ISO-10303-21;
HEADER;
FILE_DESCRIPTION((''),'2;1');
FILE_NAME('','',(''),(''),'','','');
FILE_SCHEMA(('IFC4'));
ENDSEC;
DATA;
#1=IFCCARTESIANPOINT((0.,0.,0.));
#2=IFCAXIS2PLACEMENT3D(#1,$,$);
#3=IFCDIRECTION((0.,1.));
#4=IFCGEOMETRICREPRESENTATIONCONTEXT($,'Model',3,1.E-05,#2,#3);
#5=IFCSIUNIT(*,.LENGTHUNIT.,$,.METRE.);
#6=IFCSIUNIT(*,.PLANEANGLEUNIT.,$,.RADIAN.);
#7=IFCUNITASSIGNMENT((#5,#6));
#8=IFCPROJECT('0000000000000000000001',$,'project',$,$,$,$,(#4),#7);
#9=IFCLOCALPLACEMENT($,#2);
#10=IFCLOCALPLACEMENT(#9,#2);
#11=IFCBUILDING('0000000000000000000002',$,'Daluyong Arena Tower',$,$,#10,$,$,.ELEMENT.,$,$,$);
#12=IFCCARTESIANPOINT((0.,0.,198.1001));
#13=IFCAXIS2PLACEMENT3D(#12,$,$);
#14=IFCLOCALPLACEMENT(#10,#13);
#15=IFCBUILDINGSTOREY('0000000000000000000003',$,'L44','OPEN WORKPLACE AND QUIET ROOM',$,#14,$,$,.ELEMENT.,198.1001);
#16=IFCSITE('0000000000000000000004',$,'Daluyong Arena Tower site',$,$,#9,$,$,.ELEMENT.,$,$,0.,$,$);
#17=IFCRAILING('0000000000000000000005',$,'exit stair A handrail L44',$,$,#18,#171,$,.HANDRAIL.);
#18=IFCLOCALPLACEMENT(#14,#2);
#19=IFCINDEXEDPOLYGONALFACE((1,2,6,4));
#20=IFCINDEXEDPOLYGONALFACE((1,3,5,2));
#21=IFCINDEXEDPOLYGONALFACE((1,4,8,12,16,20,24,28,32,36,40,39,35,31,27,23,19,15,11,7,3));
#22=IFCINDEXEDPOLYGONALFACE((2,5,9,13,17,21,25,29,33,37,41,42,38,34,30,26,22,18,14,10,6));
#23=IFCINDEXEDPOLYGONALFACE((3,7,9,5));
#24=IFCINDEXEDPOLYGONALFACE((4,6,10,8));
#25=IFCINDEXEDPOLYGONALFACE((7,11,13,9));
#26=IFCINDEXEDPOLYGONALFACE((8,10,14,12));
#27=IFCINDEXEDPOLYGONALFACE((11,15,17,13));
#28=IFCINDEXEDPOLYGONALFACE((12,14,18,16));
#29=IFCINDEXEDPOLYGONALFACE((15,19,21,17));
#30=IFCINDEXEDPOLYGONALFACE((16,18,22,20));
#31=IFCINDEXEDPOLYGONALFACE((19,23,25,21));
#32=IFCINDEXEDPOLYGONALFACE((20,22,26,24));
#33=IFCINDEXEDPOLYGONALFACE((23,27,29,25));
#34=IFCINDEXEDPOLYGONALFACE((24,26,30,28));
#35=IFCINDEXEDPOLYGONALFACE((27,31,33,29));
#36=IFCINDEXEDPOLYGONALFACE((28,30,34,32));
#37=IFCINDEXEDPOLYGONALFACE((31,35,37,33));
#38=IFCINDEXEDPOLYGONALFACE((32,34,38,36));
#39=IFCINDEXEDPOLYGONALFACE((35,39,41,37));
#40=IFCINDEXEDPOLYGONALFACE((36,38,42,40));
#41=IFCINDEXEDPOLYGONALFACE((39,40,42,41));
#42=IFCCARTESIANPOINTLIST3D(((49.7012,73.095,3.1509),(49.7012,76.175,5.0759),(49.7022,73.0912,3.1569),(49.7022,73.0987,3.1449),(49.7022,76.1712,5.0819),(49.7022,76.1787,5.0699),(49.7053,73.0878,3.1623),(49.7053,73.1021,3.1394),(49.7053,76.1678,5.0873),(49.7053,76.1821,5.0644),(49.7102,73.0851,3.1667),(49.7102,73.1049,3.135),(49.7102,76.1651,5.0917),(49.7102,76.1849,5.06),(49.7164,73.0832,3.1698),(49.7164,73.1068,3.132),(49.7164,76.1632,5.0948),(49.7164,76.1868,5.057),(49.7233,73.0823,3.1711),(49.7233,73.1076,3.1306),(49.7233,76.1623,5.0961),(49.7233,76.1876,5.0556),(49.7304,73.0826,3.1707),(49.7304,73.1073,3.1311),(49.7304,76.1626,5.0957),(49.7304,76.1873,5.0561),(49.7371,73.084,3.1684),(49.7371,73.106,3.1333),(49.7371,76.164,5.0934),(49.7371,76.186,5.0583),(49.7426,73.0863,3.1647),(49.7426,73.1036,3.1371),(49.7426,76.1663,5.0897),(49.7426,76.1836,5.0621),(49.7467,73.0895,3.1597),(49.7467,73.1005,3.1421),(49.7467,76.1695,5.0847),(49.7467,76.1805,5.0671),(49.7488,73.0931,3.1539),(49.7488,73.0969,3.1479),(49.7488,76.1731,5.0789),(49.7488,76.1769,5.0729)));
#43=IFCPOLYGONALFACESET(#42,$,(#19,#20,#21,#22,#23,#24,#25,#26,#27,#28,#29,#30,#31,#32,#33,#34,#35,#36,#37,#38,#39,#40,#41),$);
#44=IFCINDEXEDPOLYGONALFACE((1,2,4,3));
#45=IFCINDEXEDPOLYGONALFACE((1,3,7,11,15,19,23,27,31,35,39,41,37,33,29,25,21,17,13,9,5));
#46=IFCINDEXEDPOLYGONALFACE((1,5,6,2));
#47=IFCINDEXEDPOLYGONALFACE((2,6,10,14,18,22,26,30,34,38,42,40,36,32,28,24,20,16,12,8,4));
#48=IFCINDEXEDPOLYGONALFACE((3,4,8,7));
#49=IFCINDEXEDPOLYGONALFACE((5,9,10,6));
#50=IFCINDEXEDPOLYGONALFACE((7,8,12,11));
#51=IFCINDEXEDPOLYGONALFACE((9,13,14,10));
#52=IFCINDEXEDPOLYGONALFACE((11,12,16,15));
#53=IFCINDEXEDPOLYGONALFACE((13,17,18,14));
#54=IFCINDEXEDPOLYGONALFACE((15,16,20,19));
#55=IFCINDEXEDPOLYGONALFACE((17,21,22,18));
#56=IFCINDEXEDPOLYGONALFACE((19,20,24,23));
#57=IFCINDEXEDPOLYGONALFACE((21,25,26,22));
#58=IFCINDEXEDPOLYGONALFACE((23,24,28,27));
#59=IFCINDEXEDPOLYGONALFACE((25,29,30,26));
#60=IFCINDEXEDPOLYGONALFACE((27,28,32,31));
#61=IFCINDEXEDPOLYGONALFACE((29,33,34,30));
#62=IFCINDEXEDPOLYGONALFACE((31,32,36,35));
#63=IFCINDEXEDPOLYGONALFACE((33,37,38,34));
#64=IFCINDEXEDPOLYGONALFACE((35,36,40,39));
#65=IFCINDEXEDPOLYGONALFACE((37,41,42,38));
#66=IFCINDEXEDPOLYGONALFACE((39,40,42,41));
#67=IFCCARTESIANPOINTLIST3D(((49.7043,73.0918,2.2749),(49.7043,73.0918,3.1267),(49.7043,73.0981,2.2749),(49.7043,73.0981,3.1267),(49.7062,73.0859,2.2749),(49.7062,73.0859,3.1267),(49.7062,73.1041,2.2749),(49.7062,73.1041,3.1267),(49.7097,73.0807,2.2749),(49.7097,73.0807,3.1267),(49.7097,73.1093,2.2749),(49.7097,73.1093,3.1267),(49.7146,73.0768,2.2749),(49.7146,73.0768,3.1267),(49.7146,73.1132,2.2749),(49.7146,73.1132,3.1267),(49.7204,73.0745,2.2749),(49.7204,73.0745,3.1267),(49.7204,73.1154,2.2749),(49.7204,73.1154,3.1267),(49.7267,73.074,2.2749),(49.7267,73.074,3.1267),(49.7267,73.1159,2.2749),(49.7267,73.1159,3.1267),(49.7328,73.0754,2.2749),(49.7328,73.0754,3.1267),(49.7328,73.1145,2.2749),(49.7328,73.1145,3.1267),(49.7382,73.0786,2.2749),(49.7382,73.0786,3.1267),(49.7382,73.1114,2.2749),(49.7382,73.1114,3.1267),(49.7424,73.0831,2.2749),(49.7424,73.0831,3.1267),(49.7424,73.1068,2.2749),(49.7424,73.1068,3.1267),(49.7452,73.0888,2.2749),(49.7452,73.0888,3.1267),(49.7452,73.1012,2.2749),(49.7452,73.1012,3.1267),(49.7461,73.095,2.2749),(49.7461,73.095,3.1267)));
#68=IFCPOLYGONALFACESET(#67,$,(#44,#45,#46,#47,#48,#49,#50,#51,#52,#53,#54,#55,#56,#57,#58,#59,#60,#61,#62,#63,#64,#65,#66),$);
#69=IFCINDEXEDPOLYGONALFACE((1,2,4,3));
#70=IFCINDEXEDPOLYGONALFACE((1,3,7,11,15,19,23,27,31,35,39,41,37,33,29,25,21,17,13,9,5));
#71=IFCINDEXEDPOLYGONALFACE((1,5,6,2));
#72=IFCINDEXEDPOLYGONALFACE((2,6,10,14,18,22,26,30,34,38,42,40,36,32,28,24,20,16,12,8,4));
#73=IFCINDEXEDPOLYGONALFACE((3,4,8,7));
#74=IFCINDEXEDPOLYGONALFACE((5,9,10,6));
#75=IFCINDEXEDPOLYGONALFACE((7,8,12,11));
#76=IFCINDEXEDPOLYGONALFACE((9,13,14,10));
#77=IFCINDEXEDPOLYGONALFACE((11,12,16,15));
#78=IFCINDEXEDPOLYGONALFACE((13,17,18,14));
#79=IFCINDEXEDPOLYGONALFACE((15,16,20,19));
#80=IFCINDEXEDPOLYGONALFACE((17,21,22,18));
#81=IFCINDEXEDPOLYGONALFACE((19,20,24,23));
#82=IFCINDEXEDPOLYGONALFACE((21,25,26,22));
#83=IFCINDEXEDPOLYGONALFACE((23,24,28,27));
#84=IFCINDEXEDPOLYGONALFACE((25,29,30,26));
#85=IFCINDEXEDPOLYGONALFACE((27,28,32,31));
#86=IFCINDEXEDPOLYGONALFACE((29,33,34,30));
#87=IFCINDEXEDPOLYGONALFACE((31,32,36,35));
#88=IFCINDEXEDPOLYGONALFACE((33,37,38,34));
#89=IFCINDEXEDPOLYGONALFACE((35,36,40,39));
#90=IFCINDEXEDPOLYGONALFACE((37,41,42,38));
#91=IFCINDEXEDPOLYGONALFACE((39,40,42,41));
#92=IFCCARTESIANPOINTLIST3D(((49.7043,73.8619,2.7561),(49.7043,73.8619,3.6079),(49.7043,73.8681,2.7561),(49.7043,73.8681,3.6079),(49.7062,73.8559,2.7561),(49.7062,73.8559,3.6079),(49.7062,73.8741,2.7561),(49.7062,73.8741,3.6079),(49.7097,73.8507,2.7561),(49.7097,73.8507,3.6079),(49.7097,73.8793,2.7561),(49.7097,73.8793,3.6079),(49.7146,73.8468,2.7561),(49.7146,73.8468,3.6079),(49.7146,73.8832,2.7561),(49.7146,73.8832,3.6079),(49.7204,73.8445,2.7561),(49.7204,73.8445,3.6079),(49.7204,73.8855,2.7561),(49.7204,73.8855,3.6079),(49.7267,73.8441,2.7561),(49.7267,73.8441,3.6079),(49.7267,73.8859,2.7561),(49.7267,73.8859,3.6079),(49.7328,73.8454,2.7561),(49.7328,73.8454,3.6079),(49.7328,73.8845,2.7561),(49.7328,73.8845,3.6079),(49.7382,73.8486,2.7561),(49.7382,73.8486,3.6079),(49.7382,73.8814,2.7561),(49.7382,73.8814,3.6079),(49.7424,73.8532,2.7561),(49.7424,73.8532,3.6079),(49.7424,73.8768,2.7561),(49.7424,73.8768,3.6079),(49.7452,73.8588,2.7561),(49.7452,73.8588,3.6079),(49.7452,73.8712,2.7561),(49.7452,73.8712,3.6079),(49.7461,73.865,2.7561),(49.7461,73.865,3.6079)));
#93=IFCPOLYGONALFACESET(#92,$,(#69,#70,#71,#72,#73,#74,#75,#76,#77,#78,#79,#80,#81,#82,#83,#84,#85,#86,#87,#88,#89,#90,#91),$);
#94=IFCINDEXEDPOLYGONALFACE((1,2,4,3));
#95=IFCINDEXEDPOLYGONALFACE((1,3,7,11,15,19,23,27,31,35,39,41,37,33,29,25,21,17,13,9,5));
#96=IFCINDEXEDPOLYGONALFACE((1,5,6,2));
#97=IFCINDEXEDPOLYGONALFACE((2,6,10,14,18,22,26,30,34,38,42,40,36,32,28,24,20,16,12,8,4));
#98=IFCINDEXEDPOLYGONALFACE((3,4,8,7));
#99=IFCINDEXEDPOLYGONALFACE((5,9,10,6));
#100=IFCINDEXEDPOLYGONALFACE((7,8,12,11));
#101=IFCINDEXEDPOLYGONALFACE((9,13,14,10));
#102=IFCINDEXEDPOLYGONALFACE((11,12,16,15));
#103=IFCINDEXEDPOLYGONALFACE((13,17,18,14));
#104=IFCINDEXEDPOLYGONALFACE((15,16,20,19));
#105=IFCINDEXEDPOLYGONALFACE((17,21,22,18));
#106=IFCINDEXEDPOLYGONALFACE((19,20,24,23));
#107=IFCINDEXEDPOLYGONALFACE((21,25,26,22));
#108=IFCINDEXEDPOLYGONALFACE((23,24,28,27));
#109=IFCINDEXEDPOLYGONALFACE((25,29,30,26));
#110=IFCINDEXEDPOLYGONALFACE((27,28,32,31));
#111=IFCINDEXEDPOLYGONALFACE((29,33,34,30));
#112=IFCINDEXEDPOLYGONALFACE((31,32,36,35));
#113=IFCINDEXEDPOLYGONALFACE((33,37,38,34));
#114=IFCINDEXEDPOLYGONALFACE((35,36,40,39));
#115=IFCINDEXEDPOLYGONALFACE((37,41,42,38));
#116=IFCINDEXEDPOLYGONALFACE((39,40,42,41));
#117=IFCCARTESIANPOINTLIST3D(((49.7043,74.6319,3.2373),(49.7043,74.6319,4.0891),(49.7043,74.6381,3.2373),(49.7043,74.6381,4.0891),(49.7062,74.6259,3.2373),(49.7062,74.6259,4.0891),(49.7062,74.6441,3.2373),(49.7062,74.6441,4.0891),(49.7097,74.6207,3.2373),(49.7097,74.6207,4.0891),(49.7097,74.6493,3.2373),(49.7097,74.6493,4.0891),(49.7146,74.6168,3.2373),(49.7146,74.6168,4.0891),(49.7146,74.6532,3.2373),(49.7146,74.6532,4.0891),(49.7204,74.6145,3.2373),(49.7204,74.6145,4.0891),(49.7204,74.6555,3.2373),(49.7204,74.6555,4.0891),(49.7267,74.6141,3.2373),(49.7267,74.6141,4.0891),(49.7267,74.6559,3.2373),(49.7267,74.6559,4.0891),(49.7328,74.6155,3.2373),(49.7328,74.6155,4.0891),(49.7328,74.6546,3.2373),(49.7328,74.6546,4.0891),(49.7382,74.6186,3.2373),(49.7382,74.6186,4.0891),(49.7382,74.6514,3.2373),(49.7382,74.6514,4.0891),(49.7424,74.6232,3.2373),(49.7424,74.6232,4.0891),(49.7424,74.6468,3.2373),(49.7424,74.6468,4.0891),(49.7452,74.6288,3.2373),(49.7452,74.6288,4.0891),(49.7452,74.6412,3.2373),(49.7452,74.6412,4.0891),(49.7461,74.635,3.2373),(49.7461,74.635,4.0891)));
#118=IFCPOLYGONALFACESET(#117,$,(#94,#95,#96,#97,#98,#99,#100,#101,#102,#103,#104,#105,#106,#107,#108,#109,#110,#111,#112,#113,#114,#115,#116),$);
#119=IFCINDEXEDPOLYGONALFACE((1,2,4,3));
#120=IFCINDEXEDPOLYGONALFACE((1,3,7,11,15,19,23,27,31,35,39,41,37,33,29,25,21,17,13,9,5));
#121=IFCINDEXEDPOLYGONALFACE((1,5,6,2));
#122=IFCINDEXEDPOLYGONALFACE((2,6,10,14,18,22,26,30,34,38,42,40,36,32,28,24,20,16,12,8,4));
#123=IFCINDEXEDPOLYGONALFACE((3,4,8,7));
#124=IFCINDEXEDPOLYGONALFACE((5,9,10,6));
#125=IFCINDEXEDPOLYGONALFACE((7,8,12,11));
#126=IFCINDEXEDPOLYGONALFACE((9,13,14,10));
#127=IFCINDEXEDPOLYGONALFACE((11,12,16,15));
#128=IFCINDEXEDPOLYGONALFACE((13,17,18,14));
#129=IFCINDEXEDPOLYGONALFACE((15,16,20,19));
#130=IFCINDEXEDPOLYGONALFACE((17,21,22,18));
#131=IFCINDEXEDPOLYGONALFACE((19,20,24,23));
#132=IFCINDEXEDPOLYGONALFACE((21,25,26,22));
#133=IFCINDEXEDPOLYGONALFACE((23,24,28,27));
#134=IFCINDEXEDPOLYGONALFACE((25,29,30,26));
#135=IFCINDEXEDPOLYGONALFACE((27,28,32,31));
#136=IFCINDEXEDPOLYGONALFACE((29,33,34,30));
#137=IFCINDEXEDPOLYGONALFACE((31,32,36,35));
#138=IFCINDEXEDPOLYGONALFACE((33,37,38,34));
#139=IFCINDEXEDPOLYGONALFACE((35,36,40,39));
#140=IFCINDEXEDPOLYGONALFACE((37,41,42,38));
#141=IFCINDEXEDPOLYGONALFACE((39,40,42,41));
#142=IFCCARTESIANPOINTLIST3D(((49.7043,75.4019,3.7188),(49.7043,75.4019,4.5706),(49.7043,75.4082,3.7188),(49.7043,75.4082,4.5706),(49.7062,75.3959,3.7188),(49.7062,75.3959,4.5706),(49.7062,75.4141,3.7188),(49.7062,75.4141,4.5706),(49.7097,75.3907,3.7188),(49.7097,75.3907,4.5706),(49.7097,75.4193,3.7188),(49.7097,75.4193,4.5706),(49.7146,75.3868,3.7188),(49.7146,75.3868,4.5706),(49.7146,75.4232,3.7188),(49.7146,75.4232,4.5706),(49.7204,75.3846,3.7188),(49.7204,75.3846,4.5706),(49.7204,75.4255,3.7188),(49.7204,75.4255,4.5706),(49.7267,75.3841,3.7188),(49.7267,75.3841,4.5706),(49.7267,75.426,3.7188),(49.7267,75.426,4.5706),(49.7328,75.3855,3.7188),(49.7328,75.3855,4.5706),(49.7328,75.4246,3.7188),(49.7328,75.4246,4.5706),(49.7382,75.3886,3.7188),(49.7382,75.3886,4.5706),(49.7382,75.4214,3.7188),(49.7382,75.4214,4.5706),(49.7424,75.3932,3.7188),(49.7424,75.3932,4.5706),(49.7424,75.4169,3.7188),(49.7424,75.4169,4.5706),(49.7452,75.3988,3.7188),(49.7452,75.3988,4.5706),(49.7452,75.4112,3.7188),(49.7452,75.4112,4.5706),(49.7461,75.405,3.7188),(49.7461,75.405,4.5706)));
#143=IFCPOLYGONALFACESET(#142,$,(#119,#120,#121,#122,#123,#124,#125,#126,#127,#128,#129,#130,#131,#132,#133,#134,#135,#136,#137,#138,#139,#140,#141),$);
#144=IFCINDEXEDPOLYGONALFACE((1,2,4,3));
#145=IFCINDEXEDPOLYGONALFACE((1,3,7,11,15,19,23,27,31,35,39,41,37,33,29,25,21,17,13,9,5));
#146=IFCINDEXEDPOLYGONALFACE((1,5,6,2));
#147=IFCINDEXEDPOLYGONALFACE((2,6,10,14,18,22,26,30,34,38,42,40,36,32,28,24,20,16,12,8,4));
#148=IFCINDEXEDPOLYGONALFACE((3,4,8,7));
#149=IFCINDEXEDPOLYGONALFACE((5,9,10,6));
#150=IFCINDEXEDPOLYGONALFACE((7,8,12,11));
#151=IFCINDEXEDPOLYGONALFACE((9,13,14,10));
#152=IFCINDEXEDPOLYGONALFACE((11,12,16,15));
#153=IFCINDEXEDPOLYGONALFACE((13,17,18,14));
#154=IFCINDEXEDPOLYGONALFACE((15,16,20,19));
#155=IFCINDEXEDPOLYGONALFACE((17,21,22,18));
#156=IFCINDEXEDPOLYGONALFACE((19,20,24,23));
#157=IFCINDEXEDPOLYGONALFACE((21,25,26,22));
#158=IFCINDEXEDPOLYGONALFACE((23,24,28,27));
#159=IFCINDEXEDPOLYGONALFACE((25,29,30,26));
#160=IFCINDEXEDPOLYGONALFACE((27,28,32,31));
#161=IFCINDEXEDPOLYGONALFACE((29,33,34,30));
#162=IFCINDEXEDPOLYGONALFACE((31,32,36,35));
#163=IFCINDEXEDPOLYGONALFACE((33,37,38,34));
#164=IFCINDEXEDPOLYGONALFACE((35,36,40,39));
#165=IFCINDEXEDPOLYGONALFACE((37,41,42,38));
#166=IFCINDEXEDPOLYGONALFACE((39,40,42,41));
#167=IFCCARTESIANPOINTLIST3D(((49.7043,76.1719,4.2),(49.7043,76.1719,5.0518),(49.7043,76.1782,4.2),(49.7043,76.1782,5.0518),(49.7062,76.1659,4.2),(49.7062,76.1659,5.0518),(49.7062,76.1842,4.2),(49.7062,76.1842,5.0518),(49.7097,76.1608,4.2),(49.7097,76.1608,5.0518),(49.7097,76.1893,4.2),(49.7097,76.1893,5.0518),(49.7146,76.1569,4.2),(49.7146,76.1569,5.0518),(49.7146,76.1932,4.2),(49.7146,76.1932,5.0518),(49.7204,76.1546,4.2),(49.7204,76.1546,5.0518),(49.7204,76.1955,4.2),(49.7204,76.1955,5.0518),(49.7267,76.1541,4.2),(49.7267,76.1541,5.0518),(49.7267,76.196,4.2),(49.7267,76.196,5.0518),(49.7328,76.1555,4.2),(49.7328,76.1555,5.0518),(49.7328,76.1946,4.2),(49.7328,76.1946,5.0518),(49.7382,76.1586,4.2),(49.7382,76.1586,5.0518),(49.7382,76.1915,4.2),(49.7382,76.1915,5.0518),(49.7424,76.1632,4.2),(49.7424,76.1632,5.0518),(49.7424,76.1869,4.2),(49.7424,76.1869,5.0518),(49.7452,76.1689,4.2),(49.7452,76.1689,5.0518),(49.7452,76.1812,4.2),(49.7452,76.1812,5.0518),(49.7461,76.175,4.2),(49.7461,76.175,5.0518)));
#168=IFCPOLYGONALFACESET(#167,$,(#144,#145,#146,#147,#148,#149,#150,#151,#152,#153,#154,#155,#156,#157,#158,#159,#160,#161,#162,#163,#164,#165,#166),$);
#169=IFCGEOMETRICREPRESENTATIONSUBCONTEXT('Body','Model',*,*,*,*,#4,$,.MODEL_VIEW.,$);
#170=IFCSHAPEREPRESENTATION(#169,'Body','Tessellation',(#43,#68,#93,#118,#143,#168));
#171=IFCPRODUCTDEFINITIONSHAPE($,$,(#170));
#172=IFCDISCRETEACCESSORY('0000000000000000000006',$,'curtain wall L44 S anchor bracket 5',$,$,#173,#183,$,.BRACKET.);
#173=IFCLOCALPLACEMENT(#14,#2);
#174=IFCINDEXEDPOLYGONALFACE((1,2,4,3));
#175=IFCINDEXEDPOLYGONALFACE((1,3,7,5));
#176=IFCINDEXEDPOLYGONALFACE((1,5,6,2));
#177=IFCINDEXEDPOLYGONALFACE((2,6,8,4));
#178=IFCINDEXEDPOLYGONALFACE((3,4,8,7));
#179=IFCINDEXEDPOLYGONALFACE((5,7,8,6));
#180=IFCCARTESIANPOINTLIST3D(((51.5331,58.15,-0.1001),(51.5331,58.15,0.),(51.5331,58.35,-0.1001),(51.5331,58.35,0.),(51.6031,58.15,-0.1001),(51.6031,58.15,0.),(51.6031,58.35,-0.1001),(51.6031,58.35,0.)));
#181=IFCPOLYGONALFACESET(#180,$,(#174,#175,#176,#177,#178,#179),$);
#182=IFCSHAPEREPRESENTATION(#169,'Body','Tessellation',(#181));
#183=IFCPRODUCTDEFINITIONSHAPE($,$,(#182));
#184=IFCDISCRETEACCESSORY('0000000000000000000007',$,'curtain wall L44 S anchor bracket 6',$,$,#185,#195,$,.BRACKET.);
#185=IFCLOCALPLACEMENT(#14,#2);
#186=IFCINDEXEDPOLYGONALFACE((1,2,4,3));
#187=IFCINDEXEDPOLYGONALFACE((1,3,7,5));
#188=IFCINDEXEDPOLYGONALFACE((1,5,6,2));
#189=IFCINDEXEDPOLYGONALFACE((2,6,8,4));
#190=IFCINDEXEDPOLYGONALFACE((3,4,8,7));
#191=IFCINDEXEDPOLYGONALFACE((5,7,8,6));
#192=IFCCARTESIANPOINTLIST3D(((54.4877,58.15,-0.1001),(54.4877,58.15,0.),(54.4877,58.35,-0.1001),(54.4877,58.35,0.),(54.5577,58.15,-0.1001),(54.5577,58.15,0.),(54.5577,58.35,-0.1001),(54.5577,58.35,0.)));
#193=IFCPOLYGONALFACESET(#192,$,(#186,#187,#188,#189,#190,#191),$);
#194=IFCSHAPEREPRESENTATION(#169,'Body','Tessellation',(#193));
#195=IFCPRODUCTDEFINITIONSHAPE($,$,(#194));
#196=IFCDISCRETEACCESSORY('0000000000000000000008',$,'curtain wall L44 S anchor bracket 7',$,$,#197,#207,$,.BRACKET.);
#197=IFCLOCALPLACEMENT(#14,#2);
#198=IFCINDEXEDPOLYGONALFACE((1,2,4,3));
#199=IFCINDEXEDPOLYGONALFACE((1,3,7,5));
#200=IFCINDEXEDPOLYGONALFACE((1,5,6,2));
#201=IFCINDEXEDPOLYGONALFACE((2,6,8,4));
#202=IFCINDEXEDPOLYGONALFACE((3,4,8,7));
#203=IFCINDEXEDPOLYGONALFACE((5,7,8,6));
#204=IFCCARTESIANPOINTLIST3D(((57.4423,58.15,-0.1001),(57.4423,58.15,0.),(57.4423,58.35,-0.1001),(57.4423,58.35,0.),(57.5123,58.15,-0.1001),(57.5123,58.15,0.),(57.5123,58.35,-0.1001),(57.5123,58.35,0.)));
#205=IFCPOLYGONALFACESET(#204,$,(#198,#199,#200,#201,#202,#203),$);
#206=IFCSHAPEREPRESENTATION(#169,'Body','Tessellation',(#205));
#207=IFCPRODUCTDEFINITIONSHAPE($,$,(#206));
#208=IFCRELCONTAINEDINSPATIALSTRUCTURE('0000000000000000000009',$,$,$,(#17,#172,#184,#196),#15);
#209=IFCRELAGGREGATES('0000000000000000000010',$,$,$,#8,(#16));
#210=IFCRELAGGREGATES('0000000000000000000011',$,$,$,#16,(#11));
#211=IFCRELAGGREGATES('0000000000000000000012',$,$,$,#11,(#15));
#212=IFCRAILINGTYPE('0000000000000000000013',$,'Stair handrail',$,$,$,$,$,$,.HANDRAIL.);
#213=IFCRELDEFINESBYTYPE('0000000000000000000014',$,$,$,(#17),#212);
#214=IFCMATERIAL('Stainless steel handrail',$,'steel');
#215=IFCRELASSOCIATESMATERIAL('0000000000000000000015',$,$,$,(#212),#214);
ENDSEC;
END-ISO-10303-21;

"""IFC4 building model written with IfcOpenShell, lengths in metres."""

from ifc_helpers import new_model, si_unit, direction, frame, origin, origin_2d, place, context, subcontext, project, spatial, rectangle, circle, extrude, material, type_object, element, save


model = new_model("IFC4")

# Units and contexts
model_context = context("Model", 3, precision=1e-05, world=origin(), true_north=direction((0.0, 1.0)))
body_context = subcontext(model_context, "Body", "Model", "MODEL_VIEW")
ifc_project = project(units=[si_unit("LENGTHUNIT", "METRE"), si_unit("PLANEANGLEUNIT", "RADIAN")], contexts=[model_context])

# Site, building, storey
site_placement = place(None, origin())
site = spatial("IfcSite", under=ifc_project, at=site_placement, Name="Daluyong Arena Tower site", CompositionType="ELEMENT", RefElevation=0.0)
building_placement = place(site_placement, origin())
building = spatial("IfcBuilding", under=site, at=building_placement, Name="Daluyong Arena Tower", CompositionType="ELEMENT")
storey_placement = place(building_placement, frame((0.0, 0.0, 198.1001)))
storey = spatial("IfcBuildingStorey", under=building, at=storey_placement, Name="L44", Description="OPEN WORKPLACE AND QUIET ROOM", CompositionType="ELEMENT", Elevation=198.1001)

# Railing
ifc_material_1 = material(Name="Stainless steel handrail", Category="steel")
railing_type = type_object("IfcRailingType", Name="Stair handrail", PredefinedType="HANDRAIL", material=ifc_material_1)
railing_placement = place(storey_placement, frame((49.7251, 73.095, 2.2749)))
element("IfcRailing", 1, at=railing_placement, inside=storey, type_object=railing_type, Name="exit stair A handrail L44", PredefinedType="HANDRAIL", context=body_context, shape_type="SweptSolid", body=[
    extrude(circle(Radius=0.0239, at=origin_2d()), frame((0.0, 0.0, 0.876), z_axis=(0.0, 0.847998, 0.529999), x_axis=(-1.0, 0.0, 0.0)), (0.0, 0.0, 1.0), 3.6321),
    extrude(circle(Radius=0.021, at=origin_2d()), origin(), (0.0, 0.0, 1.0), 0.8518),
    extrude(circle(Radius=0.021, at=origin_2d()), frame((0.0, 0.77, 0.4812)), (0.0, 0.0, 1.0), 0.8518),
    extrude(circle(Radius=0.021, at=origin_2d()), frame((0.0, 1.54, 0.9624)), (0.0, 0.0, 1.0), 0.8518),
    extrude(circle(Radius=0.021, at=origin_2d()), frame((0.0, 2.3101, 1.4438)), (0.0, 0.0, 1.0), 0.8518),
    extrude(circle(Radius=0.021, at=origin_2d()), frame((0.0, 3.0801, 1.925)), (0.0, 0.0, 1.0), 0.8518),
])

# Discrete accessories
for number, where, z_axis, x_axis, name in (
    (2, (51.5681, 58.25, -0.1001), (0.0, 0.0, 1.0), (1.0, 0.0, 0.0), "curtain wall L44 S anchor bracket 5"),
    (3, (54.5227, 58.25, -0.1001), (0.0, 0.0, 1.0), (1.0, 0.0, 0.0), "curtain wall L44 S anchor bracket 6"),
    (4, (57.4773, 58.25, -0.1001), (0.0, 0.0, 1.0), (1.0, 0.0, 0.0), "curtain wall L44 S anchor bracket 7"),
):
    element("IfcDiscreteAccessory", number, at=place(storey_placement, frame(where, z_axis=z_axis, x_axis=x_axis)), inside=storey, Name=name, PredefinedType="BRACKET", context=body_context, shape_type="SweptSolid", body=[
        extrude(rectangle(XDim=0.0701, YDim=0.2, at=origin_2d()), origin(), (0.0, 0.0, 1.0), 0.1001),
    ])

save(model, "model.ifc")
